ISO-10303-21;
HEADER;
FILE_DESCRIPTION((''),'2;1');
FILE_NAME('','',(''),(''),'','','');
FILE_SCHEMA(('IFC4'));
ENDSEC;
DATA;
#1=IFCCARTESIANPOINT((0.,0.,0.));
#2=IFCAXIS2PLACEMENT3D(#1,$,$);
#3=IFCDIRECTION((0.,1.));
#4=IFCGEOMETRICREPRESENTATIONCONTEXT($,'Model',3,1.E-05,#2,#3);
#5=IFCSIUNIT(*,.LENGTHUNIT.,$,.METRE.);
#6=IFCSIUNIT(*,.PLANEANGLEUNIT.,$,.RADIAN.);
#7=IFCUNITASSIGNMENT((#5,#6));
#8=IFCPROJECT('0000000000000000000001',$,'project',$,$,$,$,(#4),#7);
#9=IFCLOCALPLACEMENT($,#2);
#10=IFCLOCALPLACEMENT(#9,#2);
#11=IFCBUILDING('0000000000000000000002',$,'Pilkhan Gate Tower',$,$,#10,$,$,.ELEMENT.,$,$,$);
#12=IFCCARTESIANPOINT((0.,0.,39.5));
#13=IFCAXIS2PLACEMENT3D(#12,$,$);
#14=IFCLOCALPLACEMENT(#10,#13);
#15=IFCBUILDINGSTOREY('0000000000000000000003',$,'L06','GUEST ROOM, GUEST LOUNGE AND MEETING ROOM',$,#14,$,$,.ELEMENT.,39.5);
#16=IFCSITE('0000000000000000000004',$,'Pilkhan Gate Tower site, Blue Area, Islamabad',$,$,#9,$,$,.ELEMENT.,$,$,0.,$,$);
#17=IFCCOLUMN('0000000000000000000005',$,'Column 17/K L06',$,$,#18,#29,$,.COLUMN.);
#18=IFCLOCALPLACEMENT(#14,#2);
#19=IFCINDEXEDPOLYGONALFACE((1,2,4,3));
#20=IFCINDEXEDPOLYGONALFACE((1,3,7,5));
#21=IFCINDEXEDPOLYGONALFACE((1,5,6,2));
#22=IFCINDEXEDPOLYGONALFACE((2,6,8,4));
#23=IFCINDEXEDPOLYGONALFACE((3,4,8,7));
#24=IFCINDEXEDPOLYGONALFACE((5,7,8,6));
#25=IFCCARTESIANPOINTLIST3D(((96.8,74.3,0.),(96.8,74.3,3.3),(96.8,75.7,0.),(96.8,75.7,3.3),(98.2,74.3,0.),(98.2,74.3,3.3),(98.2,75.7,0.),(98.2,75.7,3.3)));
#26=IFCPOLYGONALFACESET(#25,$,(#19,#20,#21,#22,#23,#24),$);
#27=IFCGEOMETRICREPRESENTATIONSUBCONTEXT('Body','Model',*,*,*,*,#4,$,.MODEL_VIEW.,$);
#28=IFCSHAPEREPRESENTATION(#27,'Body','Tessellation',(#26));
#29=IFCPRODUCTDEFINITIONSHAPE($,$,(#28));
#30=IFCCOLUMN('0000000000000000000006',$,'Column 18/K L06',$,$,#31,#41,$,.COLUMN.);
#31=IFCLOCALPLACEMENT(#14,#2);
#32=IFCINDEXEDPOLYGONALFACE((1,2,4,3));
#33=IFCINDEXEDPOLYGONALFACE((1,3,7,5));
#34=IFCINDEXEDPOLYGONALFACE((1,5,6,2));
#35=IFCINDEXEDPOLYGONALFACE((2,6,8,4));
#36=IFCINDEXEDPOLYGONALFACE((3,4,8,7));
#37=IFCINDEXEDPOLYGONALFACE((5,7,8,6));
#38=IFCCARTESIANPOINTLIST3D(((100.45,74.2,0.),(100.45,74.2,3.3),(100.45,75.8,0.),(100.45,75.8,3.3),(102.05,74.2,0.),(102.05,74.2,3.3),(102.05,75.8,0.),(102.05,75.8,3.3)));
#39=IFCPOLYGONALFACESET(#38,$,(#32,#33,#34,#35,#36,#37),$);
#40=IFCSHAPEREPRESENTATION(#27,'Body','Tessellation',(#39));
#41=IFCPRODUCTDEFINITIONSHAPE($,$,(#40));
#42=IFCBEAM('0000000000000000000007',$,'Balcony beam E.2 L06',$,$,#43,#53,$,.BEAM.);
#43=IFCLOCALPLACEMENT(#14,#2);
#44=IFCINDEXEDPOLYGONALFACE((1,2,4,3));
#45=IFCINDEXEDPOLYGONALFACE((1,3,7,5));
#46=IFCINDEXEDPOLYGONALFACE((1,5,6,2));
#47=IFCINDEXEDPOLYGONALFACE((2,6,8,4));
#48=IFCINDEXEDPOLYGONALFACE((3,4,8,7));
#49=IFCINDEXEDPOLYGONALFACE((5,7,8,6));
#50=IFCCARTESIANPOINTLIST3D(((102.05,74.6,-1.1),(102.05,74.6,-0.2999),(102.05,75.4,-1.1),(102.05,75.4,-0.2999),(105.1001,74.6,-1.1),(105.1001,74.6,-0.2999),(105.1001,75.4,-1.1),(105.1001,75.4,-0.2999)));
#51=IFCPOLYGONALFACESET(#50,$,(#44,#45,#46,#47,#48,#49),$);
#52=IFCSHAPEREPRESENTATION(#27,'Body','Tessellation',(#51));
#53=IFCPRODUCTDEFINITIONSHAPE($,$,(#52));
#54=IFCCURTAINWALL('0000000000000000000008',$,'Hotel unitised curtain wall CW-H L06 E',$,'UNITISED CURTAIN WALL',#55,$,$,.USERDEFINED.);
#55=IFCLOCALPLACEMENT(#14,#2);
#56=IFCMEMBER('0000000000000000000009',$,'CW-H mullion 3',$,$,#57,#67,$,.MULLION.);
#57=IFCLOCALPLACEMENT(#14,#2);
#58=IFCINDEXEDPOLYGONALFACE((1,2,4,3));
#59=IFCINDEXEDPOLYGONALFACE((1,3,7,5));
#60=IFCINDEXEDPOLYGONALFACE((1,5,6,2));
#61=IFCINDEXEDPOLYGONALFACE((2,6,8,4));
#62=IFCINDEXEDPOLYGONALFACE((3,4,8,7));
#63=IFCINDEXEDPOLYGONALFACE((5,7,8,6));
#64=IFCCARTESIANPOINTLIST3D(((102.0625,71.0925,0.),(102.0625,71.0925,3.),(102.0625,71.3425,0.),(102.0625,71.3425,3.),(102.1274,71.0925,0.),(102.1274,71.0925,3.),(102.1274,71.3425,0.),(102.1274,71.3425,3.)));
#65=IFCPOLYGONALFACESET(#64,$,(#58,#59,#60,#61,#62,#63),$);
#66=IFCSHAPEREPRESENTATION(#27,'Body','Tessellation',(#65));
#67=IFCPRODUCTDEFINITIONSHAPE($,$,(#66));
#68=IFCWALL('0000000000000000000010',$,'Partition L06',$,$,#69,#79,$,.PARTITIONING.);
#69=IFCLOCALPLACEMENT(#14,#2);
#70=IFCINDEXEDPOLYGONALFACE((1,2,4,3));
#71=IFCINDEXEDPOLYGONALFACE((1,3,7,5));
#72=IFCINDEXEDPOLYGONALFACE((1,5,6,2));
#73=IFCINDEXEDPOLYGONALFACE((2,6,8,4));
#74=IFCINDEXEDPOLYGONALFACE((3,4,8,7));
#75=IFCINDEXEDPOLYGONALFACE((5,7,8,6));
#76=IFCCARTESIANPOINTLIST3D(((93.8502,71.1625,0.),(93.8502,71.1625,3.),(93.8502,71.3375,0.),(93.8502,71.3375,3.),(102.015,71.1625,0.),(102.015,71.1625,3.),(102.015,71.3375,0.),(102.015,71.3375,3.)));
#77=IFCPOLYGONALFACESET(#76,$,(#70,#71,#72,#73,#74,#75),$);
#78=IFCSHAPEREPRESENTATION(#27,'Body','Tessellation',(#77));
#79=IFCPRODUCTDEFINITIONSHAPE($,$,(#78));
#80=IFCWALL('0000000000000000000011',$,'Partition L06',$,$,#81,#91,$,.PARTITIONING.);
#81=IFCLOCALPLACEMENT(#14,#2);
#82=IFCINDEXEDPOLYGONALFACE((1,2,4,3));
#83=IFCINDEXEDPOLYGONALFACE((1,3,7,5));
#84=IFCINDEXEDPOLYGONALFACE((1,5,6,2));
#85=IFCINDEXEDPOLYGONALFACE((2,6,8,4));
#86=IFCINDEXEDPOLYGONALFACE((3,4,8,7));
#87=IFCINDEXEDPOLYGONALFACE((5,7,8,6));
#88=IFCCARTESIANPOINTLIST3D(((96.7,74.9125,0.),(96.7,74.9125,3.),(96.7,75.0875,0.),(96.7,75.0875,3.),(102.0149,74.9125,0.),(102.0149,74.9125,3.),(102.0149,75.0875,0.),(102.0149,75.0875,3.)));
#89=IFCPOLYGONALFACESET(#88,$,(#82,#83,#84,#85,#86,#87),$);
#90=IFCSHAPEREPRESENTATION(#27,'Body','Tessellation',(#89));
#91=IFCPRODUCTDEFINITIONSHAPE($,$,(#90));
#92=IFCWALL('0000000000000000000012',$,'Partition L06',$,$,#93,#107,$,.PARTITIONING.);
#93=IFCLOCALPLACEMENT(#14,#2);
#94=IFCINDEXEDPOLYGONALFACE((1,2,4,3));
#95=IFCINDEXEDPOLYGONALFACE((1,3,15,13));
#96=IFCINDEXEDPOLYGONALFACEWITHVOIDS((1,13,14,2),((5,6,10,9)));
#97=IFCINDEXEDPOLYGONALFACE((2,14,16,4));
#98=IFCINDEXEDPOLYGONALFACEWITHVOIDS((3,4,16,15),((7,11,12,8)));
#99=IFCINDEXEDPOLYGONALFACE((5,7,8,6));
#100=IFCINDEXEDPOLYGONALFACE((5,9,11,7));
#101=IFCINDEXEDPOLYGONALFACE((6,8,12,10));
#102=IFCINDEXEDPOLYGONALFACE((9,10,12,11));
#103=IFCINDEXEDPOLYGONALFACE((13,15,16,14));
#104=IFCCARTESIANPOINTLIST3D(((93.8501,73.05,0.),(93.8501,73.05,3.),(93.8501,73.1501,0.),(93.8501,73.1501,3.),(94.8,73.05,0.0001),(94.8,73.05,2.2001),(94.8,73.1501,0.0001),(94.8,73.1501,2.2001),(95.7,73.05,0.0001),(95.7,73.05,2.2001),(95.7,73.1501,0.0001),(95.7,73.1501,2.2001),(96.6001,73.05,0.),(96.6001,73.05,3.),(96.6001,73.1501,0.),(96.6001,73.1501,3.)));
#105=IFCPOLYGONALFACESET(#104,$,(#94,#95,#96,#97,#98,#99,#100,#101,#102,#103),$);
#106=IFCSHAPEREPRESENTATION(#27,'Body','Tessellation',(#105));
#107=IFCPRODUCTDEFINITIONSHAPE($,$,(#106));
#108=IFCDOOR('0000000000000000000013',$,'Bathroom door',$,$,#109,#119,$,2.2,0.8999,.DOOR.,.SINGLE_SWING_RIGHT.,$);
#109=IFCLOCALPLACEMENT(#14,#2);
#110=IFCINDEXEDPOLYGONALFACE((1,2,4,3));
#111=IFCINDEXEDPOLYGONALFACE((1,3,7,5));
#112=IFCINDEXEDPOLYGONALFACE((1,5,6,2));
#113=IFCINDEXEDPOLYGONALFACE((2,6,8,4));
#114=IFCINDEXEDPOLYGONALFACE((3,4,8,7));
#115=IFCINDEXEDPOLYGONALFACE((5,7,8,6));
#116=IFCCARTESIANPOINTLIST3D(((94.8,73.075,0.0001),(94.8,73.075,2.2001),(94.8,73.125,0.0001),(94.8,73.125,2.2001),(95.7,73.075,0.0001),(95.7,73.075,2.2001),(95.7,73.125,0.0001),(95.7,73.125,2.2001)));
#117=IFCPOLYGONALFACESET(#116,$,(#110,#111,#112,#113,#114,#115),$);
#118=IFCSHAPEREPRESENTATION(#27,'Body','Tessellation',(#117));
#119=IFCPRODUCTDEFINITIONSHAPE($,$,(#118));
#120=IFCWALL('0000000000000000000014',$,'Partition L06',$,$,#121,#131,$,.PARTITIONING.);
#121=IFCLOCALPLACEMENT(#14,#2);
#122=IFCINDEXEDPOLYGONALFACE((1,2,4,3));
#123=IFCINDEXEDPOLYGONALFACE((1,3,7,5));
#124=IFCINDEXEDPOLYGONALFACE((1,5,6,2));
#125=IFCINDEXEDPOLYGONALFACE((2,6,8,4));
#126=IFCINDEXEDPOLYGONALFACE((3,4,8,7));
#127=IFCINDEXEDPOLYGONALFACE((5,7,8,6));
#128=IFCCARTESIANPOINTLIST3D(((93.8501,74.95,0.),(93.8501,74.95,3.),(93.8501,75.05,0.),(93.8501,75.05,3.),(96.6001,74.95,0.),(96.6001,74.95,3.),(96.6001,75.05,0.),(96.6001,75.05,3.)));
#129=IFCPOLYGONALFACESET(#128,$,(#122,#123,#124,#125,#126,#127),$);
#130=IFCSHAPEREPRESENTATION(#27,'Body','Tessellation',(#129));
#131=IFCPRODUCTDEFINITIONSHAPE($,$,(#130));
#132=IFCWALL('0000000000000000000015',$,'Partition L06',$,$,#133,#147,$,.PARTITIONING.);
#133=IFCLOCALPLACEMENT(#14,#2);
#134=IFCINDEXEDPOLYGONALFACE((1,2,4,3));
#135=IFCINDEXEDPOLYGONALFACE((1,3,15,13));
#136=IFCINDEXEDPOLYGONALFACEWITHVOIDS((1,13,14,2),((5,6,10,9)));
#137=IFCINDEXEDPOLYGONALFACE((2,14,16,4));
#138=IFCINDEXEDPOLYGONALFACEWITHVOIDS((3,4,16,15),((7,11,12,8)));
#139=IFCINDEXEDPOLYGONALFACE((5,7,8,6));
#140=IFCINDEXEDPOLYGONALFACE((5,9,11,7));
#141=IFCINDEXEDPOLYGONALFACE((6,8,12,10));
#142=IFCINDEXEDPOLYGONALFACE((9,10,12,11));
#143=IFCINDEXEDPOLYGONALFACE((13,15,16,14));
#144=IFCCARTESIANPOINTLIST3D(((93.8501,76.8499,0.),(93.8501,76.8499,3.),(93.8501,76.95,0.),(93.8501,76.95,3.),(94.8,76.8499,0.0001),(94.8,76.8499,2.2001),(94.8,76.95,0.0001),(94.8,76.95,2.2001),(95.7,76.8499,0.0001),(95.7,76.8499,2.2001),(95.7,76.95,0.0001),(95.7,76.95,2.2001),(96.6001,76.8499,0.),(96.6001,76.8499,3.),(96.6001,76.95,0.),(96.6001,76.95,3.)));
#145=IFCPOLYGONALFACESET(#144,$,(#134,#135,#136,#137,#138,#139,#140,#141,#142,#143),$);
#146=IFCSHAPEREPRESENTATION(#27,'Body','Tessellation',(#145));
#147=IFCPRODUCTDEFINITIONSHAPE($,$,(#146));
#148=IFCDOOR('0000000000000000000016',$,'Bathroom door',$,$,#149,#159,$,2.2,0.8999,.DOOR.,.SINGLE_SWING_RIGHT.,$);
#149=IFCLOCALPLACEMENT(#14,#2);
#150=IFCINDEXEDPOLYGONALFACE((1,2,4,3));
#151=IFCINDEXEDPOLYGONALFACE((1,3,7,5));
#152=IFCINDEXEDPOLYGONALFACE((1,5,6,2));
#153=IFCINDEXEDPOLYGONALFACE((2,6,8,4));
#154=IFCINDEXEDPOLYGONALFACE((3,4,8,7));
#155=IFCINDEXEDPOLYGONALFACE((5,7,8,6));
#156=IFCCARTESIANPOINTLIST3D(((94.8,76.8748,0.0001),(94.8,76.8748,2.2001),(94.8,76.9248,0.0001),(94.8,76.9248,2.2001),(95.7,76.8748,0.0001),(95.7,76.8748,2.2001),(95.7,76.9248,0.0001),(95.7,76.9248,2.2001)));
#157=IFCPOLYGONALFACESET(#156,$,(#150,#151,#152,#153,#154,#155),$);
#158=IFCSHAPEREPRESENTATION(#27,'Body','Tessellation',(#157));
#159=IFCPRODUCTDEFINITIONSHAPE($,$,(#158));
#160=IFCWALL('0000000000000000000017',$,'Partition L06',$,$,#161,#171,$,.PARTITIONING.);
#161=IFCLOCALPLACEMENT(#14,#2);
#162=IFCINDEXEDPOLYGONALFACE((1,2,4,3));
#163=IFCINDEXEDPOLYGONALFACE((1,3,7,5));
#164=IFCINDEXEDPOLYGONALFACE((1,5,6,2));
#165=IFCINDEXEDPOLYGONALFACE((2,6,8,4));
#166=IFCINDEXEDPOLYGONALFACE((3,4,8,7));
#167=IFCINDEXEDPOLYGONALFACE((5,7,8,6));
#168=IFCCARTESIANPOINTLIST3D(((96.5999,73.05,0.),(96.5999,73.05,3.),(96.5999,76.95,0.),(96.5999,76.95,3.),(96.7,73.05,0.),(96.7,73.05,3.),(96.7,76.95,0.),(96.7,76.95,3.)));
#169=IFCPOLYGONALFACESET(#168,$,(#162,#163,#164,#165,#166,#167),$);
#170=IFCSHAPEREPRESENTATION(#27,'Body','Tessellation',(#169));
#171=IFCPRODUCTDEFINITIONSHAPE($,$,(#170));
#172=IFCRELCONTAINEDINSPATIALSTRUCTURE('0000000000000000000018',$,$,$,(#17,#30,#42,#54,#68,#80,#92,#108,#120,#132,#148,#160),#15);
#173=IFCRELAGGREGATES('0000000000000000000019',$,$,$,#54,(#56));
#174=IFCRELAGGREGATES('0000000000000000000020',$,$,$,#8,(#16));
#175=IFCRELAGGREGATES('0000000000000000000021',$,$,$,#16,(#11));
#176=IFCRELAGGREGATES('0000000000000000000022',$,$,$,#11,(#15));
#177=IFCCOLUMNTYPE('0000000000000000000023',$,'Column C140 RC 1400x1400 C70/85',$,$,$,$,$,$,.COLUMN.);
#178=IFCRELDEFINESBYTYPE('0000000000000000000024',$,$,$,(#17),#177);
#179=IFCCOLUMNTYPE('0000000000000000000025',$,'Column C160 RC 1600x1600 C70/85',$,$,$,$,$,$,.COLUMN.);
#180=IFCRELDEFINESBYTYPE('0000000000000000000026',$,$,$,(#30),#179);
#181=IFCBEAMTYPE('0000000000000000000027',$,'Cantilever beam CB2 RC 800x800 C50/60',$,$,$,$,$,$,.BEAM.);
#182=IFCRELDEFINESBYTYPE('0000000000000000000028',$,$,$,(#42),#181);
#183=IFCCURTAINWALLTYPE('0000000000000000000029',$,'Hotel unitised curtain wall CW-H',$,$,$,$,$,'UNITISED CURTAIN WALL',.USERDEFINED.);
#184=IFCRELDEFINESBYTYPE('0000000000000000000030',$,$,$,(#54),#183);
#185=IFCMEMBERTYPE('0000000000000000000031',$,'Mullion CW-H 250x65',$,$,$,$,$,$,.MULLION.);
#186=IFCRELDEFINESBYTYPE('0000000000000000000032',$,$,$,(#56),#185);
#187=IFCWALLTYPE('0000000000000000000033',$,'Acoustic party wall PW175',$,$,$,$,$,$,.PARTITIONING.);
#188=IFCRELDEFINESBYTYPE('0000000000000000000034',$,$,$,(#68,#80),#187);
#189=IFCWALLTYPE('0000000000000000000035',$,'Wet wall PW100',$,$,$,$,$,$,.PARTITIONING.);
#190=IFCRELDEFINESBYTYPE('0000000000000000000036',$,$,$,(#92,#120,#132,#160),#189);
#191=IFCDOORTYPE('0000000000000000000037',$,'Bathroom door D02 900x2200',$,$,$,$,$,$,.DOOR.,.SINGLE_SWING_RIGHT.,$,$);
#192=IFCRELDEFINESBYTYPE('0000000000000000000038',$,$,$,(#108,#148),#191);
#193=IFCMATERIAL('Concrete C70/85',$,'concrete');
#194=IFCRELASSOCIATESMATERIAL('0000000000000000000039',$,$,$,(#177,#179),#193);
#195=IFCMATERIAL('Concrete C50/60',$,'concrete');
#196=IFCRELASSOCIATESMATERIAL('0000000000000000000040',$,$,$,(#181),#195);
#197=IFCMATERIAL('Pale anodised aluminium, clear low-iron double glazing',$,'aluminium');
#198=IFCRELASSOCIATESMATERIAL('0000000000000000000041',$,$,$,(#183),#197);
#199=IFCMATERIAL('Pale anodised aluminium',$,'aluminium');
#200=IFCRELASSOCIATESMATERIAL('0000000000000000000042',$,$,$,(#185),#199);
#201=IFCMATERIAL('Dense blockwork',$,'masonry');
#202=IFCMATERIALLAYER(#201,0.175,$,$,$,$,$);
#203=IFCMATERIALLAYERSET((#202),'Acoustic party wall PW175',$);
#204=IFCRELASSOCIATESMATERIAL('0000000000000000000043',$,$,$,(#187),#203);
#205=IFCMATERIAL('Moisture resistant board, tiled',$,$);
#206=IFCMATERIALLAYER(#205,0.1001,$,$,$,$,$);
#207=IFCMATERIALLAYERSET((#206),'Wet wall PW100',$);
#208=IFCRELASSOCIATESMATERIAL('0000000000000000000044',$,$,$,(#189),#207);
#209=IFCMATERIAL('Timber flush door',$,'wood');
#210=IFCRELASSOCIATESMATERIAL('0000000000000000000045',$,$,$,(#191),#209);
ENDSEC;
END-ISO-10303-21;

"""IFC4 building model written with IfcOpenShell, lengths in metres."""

from ifc_helpers import new_model, si_unit, direction, frame, frame_2d, origin, origin_2d, place, context, subcontext, project, spatial, rectangle, extrude, material, layer, layer_set, material_profile, profile_set, type_object, element, fill, aggregate, save


model = new_model("IFC4")

# Units and contexts
model_context = context("Model", 3, precision=1e-05, world=origin(), true_north=direction((0.0, 1.0)))
body_context = subcontext(model_context, "Body", "Model", "MODEL_VIEW")
ifc_project = project(units=[si_unit("LENGTHUNIT", "METRE"), si_unit("PLANEANGLEUNIT", "RADIAN")], contexts=[model_context])

# Site, building, storey
site_placement = place(None, origin())
site = spatial("IfcSite", under=ifc_project, at=site_placement, Name="Pilkhan Gate Tower site, Blue Area, Islamabad", CompositionType="ELEMENT", RefElevation=0.0)
building_placement = place(site_placement, origin())
building = spatial("IfcBuilding", under=site, at=building_placement, Name="Pilkhan Gate Tower", CompositionType="ELEMENT")
storey_placement = place(building_placement, frame((0.0, 0.0, 39.5)))
storey = spatial("IfcBuildingStorey", under=building, at=storey_placement, Name="L06", Description="GUEST ROOM, GUEST LOUNGE AND MEETING ROOM", CompositionType="ELEMENT", Elevation=39.5)

# Columns
ifc_material_1 = material(Name="Concrete C70/85", Category="concrete")
ifc_material_profile_1 = material_profile(ifc_material_1, rectangle(XDim=1.3999, YDim=1.3999, at=origin_2d()), Name="RC 1400x1400")
ifc_profile_set_1 = profile_set([ifc_material_profile_1], Name="Concrete C70/85")
column_type_1 = type_object("IfcColumnType", Name="Column C140 RC 1400x1400 C70/85", PredefinedType="COLUMN", material=ifc_profile_set_1)
column_1_placement = place(storey_placement, frame((97.5, 75.0, 0.0), z_axis=(0.0, 0.0, 1.0), x_axis=(1.0, 0.0, 0.0)))
element("IfcColumn", 1, at=column_1_placement, inside=storey, type_object=column_type_1, Name="Column 17/K L06", PredefinedType="COLUMN", context=body_context, shape_type="SweptSolid", body=[
    extrude(rectangle(XDim=1.3999, YDim=1.3999, at=origin_2d()), origin(), (0.0, 0.0, 1.0), 3.3),
])
ifc_material_profile_2 = material_profile(ifc_material_1, rectangle(XDim=1.6001, YDim=1.6001, at=origin_2d()), Name="RC 1600x1600")
ifc_profile_set_2 = profile_set([ifc_material_profile_2], Name="Concrete C70/85")
column_type_2 = type_object("IfcColumnType", Name="Column C160 RC 1600x1600 C70/85", PredefinedType="COLUMN", material=ifc_profile_set_2)
column_2_placement = place(storey_placement, frame((101.25, 75.0, 0.0), z_axis=(0.0, 0.0, 1.0), x_axis=(1.0, 0.0, 0.0)))
element("IfcColumn", 2, at=column_2_placement, inside=storey, type_object=column_type_2, Name="Column 18/K L06", PredefinedType="COLUMN", context=body_context, shape_type="SweptSolid", body=[
    extrude(rectangle(XDim=1.6001, YDim=1.6001, at=origin_2d()), origin(), (0.0, 0.0, 1.0), 3.3),
])

# Beam
ifc_material_2 = material(Name="Concrete C50/60", Category="concrete")
ifc_material_profile_3 = material_profile(ifc_material_2, rectangle(XDim=0.8, YDim=0.8, at=origin_2d()), Name="RC 800x800")
ifc_profile_set_3 = profile_set([ifc_material_profile_3], Name="Concrete C50/60")
beam_type = type_object("IfcBeamType", Name="Cantilever beam CB2 RC 800x800 C50/60", PredefinedType="BEAM", material=ifc_profile_set_3)
beam_placement = place(storey_placement, frame((102.05, 75.0, -0.7), z_axis=(1.0, 0.0, 0.0), x_axis=(0.0, 1.0, 0.0)))
element("IfcBeam", 3, at=beam_placement, inside=storey, type_object=beam_type, Name="Balcony beam E.2 L06", PredefinedType="BEAM", context=body_context, shape_type="SweptSolid", body=[
    extrude(rectangle(XDim=0.8, YDim=0.8, at=origin_2d()), origin(), (0.0, 0.0, 1.0), 3.05),
])

# Curtain wall, member
ifc_material_3 = material(Name="Pale anodised aluminium, clear low-iron double glazing", Category="aluminium")
curtain_wall_type = type_object("IfcCurtainWallType", Name="Hotel unitised curtain wall CW-H", ElementType="UNITISED CURTAIN WALL", PredefinedType="USERDEFINED", material=ifc_material_3)
curtain_wall_placement = place(storey_placement, origin())
curtain_wall = element("IfcCurtainWall", 4, at=curtain_wall_placement, inside=storey, type_object=curtain_wall_type, Name="Hotel unitised curtain wall CW-H L06 E", ObjectType="UNITISED CURTAIN WALL", PredefinedType="USERDEFINED")
ifc_material_4 = material(Name="Pale anodised aluminium", Category="aluminium")
ifc_material_profile_4 = material_profile(ifc_material_4, rectangle(XDim=0.0649, YDim=0.25, at=origin_2d()), Name="Mullion 250x65")
ifc_profile_set_4 = profile_set([ifc_material_profile_4], Name="Pale anodised aluminium")
member_type = type_object("IfcMemberType", Name="Mullion CW-H 250x65", PredefinedType="MULLION", material=ifc_profile_set_4)
member_placement = place(storey_placement, frame((102.095, 71.2175, 0.0), z_axis=(0.0, 0.0, 1.0), x_axis=(-1.0, 0.0, 0.0)))
member = element("IfcMember", 5, at=member_placement, type_object=member_type, Name="CW-H mullion 3", PredefinedType="MULLION", context=body_context, shape_type="SweptSolid", body=[
    extrude(rectangle(XDim=0.0649, YDim=0.25, at=origin_2d()), origin(), (0.0, 0.0, 1.0), 3.0),
])
aggregate(curtain_wall, [member])

# Walls
ifc_material_5 = material(Name="Dense blockwork", Category="masonry")
ifc_layer_1 = layer(ifc_material_5, 0.175)
ifc_layer_set_1 = layer_set([ifc_layer_1], Name="Acoustic party wall PW175")
wall_type_1 = type_object("IfcWallType", Name="Acoustic party wall PW175", PredefinedType="PARTITIONING", material=ifc_layer_set_1)
wall_1_placement = place(storey_placement, frame((93.8501, 71.25, 0.0), z_axis=(0.0, 0.0, 1.0), x_axis=(1.0, 0.0, 0.0)))
element("IfcWall", 6, at=wall_1_placement, inside=storey, type_object=wall_type_1, Name="Partition L06", PredefinedType="PARTITIONING", context=body_context, shape_type="SweptSolid", body=[
    extrude(rectangle(XDim=8.1648, YDim=0.175, at=frame_2d((4.0825, 0.0))), origin(), (0.0, 0.0, 1.0), 3.0),
])
wall_2_placement = place(storey_placement, frame((96.7, 75.0, 0.0), z_axis=(0.0, 0.0, 1.0), x_axis=(1.0, 0.0, 0.0)))
element("IfcWall", 7, at=wall_2_placement, inside=storey, type_object=wall_type_1, Name="Partition L06", PredefinedType="PARTITIONING", context=body_context, shape_type="SweptSolid", body=[
    extrude(rectangle(XDim=5.3149, YDim=0.175, at=frame_2d((2.6575, 0.0))), origin(), (0.0, 0.0, 1.0), 3.0),
])

# Wall, opening, door
ifc_material_6 = material(Name="Moisture resistant board, tiled")
ifc_layer_2 = layer(ifc_material_6, 0.1001)
ifc_layer_set_2 = layer_set([ifc_layer_2], Name="Wet wall PW100")
wall_type_2 = type_object("IfcWallType", Name="Wet wall PW100", PredefinedType="PARTITIONING", material=ifc_layer_set_2)
wall_3_placement = place(storey_placement, frame((93.8501, 73.1001, 0.0), z_axis=(0.0, 0.0, 1.0), x_axis=(1.0, 0.0, 0.0)))
wall_3 = element("IfcWall", 8, at=wall_3_placement, inside=storey, type_object=wall_type_2, Name="Partition L06", PredefinedType="PARTITIONING", context=body_context, shape_type="SweptSolid", body=[
    extrude(rectangle(XDim=2.75, YDim=0.1001, at=frame_2d((1.375, 0.0))), origin(), (0.0, 0.0, 1.0), 3.0),
])
opening_1_placement = place(wall_3_placement, frame((0.95, 0.0, 0.0)))
opening_1 = element("IfcOpeningElement", 9, at=opening_1_placement, cuts=wall_3, PredefinedType="OPENING", context=body_context, shape_type="SweptSolid", body=[
    extrude(rectangle(XDim=0.8999, YDim=2.2, at=frame_2d((0.45, 1.1001))), frame((0.0, 0.0601, 0.0), z_axis=(0.0, -1.0, 0.0), x_axis=(1.0, 0.0, 0.0)), (0.0, 0.0, 1.0), 0.1201),
])
ifc_material_7 = material(Name="Timber flush door", Category="wood")
door_type_1 = type_object("IfcDoorType", Name="Bathroom door D02 900x2200", OperationType="SINGLE_SWING_RIGHT", PredefinedType="DOOR", material=ifc_material_7)
door_1_placement = place(opening_1_placement, origin())
door_1 = element("IfcDoor", 10, at=door_1_placement, inside=storey, type_object=door_type_1, Name="Bathroom door", OperationType="SINGLE_SWING_RIGHT", OverallHeight=2.2, OverallWidth=0.8999, PredefinedType="DOOR", context=body_context, shape_type="SweptSolid", body=[
    extrude(rectangle(XDim=0.8999, YDim=2.2, at=frame_2d((0.45, 1.1001))), frame((0.0, 0.0249, 0.0), z_axis=(0.0, -1.0, 0.0), x_axis=(1.0, 0.0, 0.0)), (0.0, 0.0, 1.0), 0.05),
])
fill(opening_1, door_1)

# Wall
wall_4_placement = place(storey_placement, frame((93.8501, 75.0, 0.0), z_axis=(0.0, 0.0, 1.0), x_axis=(1.0, 0.0, 0.0)))
element("IfcWall", 11, at=wall_4_placement, inside=storey, type_object=wall_type_2, Name="Partition L06", PredefinedType="PARTITIONING", context=body_context, shape_type="SweptSolid", body=[
    extrude(rectangle(XDim=2.75, YDim=0.1001, at=frame_2d((1.375, 0.0))), origin(), (0.0, 0.0, 1.0), 3.0),
])

# Wall, opening, door
wall_5_placement = place(storey_placement, frame((93.8501, 76.8999, 0.0), z_axis=(0.0, 0.0, 1.0), x_axis=(1.0, 0.0, 0.0)))
wall_5 = element("IfcWall", 12, at=wall_5_placement, inside=storey, type_object=wall_type_2, Name="Partition L06", PredefinedType="PARTITIONING", context=body_context, shape_type="SweptSolid", body=[
    extrude(rectangle(XDim=2.75, YDim=0.1001, at=frame_2d((1.375, 0.0))), origin(), (0.0, 0.0, 1.0), 3.0),
])
opening_2_placement = place(wall_5_placement, frame((0.95, 0.0, 0.0)))
opening_2 = element("IfcOpeningElement", 13, at=opening_2_placement, cuts=wall_5, PredefinedType="OPENING", context=body_context, shape_type="SweptSolid", body=[
    extrude(rectangle(XDim=0.8999, YDim=2.2, at=frame_2d((0.45, 1.1001))), frame((0.0, 0.0601, 0.0), z_axis=(0.0, -1.0, 0.0), x_axis=(1.0, 0.0, 0.0)), (0.0, 0.0, 1.0), 0.1201),
])
door_2_placement = place(opening_2_placement, origin())
door_2 = element("IfcDoor", 14, at=door_2_placement, inside=storey, type_object=door_type_1, Name="Bathroom door", OperationType="SINGLE_SWING_RIGHT", OverallHeight=2.2, OverallWidth=0.8999, PredefinedType="DOOR", context=body_context, shape_type="SweptSolid", body=[
    extrude(rectangle(XDim=0.8999, YDim=2.2, at=frame_2d((0.45, 1.1001))), frame((0.0, 0.0249, 0.0), z_axis=(0.0, -1.0, 0.0), x_axis=(1.0, 0.0, 0.0)), (0.0, 0.0, 1.0), 0.05),
])
fill(opening_2, door_2)

# Wall
wall_6_placement = place(storey_placement, frame((96.6499, 73.05, 0.0), z_axis=(0.0, 0.0, 1.0), x_axis=(0.0, 1.0, 0.0)))
element("IfcWall", 15, at=wall_6_placement, inside=storey, type_object=wall_type_2, Name="Partition L06", PredefinedType="PARTITIONING", context=body_context, shape_type="SweptSolid", body=[
    extrude(rectangle(XDim=3.8999, YDim=0.1001, at=frame_2d((1.95, 0.0))), origin(), (0.0, 0.0, 1.0), 3.0),
])

save(model, "model.ifc")
